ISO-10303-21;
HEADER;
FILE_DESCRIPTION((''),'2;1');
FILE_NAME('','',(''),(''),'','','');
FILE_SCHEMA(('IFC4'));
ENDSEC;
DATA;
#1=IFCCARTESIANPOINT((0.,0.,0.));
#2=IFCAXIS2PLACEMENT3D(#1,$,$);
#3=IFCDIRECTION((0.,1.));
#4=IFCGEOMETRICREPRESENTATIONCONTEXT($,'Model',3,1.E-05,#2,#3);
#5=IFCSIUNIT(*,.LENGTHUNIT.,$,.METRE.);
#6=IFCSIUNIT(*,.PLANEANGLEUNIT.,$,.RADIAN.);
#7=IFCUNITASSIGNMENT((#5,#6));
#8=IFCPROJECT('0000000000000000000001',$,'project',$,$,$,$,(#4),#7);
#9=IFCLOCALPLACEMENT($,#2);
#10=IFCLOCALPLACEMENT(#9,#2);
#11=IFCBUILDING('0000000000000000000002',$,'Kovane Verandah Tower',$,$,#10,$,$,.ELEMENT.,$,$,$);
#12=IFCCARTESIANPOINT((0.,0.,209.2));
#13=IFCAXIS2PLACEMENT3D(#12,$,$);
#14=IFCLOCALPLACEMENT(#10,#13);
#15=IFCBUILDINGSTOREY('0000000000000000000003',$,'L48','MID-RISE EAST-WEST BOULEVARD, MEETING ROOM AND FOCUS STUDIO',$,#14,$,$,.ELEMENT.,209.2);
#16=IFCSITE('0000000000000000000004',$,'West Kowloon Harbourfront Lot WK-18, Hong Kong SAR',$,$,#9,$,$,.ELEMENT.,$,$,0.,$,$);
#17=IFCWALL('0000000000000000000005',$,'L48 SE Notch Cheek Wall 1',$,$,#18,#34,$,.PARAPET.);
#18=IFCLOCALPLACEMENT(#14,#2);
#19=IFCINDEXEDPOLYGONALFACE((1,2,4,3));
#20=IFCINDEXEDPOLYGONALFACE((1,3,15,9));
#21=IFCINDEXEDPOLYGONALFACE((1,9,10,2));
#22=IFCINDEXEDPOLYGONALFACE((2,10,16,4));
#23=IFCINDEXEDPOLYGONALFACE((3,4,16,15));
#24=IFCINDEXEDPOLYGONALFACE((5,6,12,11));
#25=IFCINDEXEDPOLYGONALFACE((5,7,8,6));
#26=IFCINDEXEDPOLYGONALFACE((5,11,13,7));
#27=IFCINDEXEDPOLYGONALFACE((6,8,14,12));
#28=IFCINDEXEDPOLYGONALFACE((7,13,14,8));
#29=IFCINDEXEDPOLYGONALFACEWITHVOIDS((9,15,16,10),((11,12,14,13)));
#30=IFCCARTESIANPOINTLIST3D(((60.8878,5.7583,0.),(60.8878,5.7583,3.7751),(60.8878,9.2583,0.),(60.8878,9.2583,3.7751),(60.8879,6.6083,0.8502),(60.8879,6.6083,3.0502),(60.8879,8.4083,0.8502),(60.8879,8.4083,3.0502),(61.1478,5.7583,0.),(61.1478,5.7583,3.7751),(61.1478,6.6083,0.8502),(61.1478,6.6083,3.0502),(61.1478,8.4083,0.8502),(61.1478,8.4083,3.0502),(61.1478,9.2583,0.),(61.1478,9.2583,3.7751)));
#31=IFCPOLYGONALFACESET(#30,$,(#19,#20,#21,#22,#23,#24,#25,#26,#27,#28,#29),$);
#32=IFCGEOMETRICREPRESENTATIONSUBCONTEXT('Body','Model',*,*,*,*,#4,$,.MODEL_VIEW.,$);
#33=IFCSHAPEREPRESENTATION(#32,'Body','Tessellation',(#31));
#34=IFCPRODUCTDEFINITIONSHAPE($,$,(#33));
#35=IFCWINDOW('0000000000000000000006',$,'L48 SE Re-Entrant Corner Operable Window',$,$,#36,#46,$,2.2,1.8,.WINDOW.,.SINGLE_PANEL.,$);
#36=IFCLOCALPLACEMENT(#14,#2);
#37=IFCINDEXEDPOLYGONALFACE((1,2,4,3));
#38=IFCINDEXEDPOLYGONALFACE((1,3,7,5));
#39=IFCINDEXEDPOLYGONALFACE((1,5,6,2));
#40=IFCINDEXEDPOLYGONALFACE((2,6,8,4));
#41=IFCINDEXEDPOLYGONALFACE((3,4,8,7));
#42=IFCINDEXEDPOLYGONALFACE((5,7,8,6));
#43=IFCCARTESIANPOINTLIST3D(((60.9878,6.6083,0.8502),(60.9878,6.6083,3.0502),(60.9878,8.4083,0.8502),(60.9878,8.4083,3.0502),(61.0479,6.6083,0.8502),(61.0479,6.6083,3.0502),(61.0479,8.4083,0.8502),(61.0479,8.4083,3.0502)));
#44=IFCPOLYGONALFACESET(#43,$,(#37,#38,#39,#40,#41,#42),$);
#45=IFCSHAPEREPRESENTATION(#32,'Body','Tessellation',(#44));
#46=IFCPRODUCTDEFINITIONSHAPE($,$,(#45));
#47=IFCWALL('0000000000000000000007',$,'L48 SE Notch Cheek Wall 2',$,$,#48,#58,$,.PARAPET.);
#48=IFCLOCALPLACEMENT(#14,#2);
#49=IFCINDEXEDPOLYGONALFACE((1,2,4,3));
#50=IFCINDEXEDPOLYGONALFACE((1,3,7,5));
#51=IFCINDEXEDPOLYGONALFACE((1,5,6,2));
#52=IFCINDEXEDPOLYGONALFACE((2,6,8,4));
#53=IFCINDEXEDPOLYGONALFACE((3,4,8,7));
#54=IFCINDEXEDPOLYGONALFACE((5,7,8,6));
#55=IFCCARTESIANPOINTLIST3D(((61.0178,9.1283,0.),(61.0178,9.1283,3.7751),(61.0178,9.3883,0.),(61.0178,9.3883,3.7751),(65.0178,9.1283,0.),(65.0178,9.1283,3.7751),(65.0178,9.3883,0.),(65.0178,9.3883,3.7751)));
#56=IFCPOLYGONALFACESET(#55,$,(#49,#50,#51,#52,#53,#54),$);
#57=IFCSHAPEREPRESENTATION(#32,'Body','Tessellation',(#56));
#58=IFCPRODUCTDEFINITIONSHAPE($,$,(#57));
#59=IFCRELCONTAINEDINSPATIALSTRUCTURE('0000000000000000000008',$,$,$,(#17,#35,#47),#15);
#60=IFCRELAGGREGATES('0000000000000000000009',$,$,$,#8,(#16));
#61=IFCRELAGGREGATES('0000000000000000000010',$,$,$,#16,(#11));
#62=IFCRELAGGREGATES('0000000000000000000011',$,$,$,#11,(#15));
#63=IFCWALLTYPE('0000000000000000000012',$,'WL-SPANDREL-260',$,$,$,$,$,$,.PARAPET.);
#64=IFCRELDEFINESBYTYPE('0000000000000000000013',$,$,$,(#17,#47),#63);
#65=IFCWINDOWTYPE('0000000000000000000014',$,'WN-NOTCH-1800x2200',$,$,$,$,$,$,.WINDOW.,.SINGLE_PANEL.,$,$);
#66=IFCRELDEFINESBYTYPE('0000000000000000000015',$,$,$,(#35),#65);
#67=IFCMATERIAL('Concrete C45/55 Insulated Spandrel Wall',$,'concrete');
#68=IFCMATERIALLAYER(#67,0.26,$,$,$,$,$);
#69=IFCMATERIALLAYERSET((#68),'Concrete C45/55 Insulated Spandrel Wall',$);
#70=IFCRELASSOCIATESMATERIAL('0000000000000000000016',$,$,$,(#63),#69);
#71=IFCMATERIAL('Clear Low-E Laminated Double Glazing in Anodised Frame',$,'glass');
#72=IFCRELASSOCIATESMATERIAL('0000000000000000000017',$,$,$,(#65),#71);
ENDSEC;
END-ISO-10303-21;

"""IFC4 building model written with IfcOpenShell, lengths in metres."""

from ifc_helpers import new_model, si_unit, direction, frame, frame_2d, origin, place, context, subcontext, project, spatial, rectangle, extrude, material, layer, layer_set, type_object, element, fill, save


model = new_model("IFC4")

# Units and contexts
model_context = context("Model", 3, precision=1e-05, world=origin(), true_north=direction((0.0, 1.0)))
body_context = subcontext(model_context, "Body", "Model", "MODEL_VIEW")
ifc_project = project(units=[si_unit("LENGTHUNIT", "METRE"), si_unit("PLANEANGLEUNIT", "RADIAN")], contexts=[model_context])

# Site, building, storey
site_placement = place(None, origin())
site = spatial("IfcSite", under=ifc_project, at=site_placement, Name="West Kowloon Harbourfront Lot WK-18, Hong Kong SAR", CompositionType="ELEMENT", RefElevation=0.0)
building_placement = place(site_placement, origin())
building = spatial("IfcBuilding", under=site, at=building_placement, Name="Kovane Verandah Tower", CompositionType="ELEMENT")
storey_placement = place(building_placement, frame((0.0, 0.0, 209.2)))
storey = spatial("IfcBuildingStorey", under=building, at=storey_placement, Name="L48", Description="MID-RISE EAST-WEST BOULEVARD, MEETING ROOM AND FOCUS STUDIO", CompositionType="ELEMENT", Elevation=209.2)

# Shared definitions
ifc_material_1 = material(Name="Concrete C45/55 Insulated Spandrel Wall", Category="concrete")
ifc_layer_1 = layer(ifc_material_1, 0.26)
ifc_layer_set_1 = layer_set([ifc_layer_1], Name="Concrete C45/55 Insulated Spandrel Wall")
wall_type = type_object("IfcWallType", Name="WL-SPANDREL-260", PredefinedType="PARAPET", material=ifc_layer_set_1)
ifc_material_2 = material(Name="Clear Low-E Laminated Double Glazing in Anodised Frame", Category="glass")

# Wall, opening, window
wall_1_placement = place(storey_placement, frame((61.0178, 5.7583, 0.0), z_axis=(0.0, 0.0, 1.0), x_axis=(0.0, 1.0, 0.0)))
wall_1 = element("IfcWall", 1, at=wall_1_placement, inside=storey, type_object=wall_type, Name="L48 SE Notch Cheek Wall 1", PredefinedType="PARAPET", context=body_context, shape_type="SweptSolid", body=[
    extrude(rectangle(XDim=3.5, YDim=0.26, at=frame_2d((1.75, 0.0))), origin(), (0.0, 0.0, 1.0), 3.7751),
])
opening_1_placement = place(wall_1_placement, frame((0.8501, 0.0, 0.8501)))
opening_1 = element("IfcOpeningElement", 2, at=opening_1_placement, cuts=wall_1, PredefinedType="OPENING", context=body_context, shape_type="SweptSolid", body=[
    extrude(rectangle(XDim=1.8, YDim=2.2, at=frame_2d((0.8999, 1.1001))), frame((0.0, 0.1299, 0.0), z_axis=(0.0, -1.0, 0.0), x_axis=(1.0, 0.0, 0.0)), (0.0, 0.0, 1.0), 0.26),
])
window_type_1 = type_object("IfcWindowType", Name="WN-NOTCH-1800x2200", PartitioningType="SINGLE_PANEL", PredefinedType="WINDOW", material=ifc_material_2)
window_1_placement = place(opening_1_placement, origin())
window_1 = element("IfcWindow", 3, at=window_1_placement, inside=storey, type_object=window_type_1, Name="L48 SE Re-Entrant Corner Operable Window", OverallHeight=2.2, OverallWidth=1.8, PartitioningType="SINGLE_PANEL", PredefinedType="WINDOW", context=body_context, shape_type="SweptSolid", body=[
    extrude(rectangle(XDim=1.8, YDim=2.2, at=frame_2d((0.8999, 1.1001))), frame((0.0, 0.03, 0.0), z_axis=(0.0, -1.0, 0.0), x_axis=(1.0, 0.0, 0.0)), (0.0, 0.0, 1.0), 0.0601),
])
fill(opening_1, window_1)

# Wall
wall_2_placement = place(storey_placement, frame((61.0178, 9.2583, 0.0), z_axis=(0.0, 0.0, 1.0), x_axis=(1.0, 0.0, 0.0)))
element("IfcWall", 4, at=wall_2_placement, inside=storey, type_object=wall_type, Name="L48 SE Notch Cheek Wall 2", PredefinedType="PARAPET", context=body_context, shape_type="SweptSolid", body=[
    extrude(rectangle(XDim=4.0, YDim=0.26, at=frame_2d((2.0, 0.0))), origin(), (0.0, 0.0, 1.0), 3.7751),
])

save(model, "model.ifc")
